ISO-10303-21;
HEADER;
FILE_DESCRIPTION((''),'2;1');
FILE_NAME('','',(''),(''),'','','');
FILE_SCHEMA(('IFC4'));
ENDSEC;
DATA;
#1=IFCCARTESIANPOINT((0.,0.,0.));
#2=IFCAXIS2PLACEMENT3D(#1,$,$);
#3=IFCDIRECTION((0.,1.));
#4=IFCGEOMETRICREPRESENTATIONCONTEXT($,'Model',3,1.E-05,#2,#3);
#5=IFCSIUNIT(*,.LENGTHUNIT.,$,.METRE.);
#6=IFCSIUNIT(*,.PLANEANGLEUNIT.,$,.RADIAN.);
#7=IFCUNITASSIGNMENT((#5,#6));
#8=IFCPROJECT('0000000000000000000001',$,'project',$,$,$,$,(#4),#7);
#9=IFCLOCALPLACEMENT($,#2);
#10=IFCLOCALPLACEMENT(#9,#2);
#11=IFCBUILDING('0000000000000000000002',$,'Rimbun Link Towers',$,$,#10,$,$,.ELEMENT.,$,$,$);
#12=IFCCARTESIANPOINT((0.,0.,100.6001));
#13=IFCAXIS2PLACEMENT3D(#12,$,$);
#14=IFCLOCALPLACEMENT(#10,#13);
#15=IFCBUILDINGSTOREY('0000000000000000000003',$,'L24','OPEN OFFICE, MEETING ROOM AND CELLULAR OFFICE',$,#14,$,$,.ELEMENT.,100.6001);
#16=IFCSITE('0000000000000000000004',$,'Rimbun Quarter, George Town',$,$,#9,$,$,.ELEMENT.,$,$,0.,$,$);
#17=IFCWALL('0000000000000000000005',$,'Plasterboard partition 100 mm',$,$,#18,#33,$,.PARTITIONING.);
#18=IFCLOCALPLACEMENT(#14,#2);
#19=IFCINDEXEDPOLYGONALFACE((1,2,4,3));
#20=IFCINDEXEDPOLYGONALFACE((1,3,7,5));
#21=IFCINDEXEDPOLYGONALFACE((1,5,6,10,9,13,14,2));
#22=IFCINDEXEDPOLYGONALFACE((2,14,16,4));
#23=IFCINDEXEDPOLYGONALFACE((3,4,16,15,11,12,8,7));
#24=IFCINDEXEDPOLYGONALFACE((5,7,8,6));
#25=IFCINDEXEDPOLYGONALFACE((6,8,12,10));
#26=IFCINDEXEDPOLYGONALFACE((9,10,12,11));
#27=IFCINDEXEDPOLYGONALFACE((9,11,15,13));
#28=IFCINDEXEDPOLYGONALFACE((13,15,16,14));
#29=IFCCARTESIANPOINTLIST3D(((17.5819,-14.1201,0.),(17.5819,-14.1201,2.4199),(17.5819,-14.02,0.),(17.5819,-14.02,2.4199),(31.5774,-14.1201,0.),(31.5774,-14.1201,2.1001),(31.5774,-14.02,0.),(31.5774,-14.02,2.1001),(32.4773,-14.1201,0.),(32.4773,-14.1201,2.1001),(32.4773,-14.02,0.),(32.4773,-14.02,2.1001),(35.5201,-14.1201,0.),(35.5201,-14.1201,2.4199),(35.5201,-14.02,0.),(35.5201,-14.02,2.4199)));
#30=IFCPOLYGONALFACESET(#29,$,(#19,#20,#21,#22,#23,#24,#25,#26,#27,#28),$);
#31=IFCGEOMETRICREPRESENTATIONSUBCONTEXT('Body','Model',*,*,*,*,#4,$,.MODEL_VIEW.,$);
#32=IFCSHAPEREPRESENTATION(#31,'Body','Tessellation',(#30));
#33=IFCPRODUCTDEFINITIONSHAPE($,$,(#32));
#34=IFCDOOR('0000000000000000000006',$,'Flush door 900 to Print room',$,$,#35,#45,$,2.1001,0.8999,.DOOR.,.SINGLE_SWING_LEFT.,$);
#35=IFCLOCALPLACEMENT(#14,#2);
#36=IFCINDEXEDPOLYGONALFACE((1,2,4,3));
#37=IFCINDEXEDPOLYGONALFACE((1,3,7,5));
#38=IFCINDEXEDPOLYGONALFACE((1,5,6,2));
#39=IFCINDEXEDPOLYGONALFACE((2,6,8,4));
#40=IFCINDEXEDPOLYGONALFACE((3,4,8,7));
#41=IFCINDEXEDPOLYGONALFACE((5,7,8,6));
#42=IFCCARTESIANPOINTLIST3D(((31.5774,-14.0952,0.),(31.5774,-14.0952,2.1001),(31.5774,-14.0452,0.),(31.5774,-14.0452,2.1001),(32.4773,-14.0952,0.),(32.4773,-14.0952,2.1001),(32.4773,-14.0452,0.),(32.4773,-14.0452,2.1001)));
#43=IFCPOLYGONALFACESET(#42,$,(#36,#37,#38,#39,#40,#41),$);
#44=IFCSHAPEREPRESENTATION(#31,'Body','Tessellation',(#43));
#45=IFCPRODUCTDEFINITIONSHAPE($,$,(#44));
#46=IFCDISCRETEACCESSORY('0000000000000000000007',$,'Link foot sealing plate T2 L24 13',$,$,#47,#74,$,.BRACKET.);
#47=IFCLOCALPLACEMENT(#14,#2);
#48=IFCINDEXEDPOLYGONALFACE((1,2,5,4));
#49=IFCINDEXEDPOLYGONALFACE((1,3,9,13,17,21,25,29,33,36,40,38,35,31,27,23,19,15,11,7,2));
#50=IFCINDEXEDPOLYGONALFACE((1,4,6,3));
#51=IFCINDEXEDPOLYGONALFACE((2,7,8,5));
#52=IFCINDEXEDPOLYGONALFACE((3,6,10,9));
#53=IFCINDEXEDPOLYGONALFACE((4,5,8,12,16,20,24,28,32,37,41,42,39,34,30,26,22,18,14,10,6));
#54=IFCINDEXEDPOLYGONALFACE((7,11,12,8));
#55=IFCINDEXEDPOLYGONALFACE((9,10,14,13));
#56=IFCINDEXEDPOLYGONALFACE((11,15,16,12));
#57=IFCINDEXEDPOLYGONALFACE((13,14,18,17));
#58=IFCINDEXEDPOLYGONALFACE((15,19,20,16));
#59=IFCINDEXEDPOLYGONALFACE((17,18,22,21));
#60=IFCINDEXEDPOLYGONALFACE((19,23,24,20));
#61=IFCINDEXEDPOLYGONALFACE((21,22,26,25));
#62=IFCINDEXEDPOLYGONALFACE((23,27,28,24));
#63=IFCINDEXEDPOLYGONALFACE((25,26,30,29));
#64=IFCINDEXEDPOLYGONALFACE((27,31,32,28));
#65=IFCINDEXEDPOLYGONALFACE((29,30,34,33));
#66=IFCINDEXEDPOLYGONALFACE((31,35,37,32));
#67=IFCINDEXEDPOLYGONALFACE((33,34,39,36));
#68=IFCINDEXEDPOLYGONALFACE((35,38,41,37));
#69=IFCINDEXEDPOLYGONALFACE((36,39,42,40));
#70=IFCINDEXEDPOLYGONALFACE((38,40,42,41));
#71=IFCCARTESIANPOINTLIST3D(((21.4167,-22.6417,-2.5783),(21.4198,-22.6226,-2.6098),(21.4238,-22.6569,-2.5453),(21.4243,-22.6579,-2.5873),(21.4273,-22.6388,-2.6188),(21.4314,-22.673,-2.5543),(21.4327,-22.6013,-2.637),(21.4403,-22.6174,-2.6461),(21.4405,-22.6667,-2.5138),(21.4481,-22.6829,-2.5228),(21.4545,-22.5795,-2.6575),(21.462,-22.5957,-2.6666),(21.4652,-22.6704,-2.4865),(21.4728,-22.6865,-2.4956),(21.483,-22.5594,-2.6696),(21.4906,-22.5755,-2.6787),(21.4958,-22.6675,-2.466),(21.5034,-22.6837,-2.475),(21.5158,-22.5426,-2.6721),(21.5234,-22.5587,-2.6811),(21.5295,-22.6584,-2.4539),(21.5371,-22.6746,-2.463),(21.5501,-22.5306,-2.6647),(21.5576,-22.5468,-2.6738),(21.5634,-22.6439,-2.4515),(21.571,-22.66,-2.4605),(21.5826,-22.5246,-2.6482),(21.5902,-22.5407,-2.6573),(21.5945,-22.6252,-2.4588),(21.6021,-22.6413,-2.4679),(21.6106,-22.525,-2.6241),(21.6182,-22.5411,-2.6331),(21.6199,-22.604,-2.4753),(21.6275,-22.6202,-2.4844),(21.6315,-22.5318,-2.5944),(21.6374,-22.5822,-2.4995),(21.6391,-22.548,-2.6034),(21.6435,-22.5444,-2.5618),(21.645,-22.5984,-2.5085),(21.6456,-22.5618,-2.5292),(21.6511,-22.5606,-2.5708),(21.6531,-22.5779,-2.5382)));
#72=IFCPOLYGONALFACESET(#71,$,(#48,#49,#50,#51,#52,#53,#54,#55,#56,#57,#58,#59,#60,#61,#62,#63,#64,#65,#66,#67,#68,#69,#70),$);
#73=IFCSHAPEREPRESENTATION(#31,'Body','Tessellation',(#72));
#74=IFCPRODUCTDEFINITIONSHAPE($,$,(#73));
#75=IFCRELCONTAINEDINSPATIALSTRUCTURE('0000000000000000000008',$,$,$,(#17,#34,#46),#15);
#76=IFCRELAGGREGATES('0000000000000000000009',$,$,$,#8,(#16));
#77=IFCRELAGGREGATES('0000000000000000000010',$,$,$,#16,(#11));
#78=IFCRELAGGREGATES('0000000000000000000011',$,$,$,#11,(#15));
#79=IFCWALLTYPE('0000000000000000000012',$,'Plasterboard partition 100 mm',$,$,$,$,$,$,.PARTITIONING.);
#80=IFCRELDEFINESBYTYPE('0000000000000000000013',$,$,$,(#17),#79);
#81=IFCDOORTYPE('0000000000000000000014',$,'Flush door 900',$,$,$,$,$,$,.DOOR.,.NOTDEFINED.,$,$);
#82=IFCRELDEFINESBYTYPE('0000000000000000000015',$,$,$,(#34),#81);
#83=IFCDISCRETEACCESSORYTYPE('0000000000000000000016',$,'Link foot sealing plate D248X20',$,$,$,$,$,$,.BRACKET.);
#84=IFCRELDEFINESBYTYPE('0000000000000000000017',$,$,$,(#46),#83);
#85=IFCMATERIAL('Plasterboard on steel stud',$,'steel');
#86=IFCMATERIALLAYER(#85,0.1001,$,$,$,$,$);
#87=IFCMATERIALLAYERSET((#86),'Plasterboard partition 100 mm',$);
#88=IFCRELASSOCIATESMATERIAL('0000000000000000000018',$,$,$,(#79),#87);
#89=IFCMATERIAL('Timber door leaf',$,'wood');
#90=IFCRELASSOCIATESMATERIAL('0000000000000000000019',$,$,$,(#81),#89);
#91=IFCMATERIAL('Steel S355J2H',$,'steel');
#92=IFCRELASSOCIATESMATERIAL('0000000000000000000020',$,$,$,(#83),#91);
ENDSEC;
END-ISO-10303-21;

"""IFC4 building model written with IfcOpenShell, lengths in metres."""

from ifc_helpers import new_model, si_unit, direction, frame, frame_2d, origin, origin_2d, place, context, subcontext, project, spatial, rectangle, circle, extrude, material, layer, layer_set, material_profile, profile_set, type_object, element, fill, save


model = new_model("IFC4")

# Units and contexts
model_context = context("Model", 3, precision=1e-05, world=origin(), true_north=direction((0.0, 1.0)))
body_context = subcontext(model_context, "Body", "Model", "MODEL_VIEW")
ifc_project = project(units=[si_unit("LENGTHUNIT", "METRE"), si_unit("PLANEANGLEUNIT", "RADIAN")], contexts=[model_context])

# Site, building, storey
site_placement = place(None, origin())
site = spatial("IfcSite", under=ifc_project, at=site_placement, Name="Rimbun Quarter, George Town", CompositionType="ELEMENT", RefElevation=0.0)
building_placement = place(site_placement, origin())
building = spatial("IfcBuilding", under=site, at=building_placement, Name="Rimbun Link Towers", CompositionType="ELEMENT")
storey_placement = place(building_placement, frame((0.0, 0.0, 100.6001)))
storey = spatial("IfcBuildingStorey", under=building, at=storey_placement, Name="L24", Description="OPEN OFFICE, MEETING ROOM AND CELLULAR OFFICE", CompositionType="ELEMENT", Elevation=100.6001)

# Wall, opening, door
ifc_material_1 = material(Name="Plasterboard on steel stud", Category="steel")
ifc_layer_1 = layer(ifc_material_1, 0.1001)
ifc_layer_set_1 = layer_set([ifc_layer_1], Name="Plasterboard partition 100 mm")
wall_type = type_object("IfcWallType", Name="Plasterboard partition 100 mm", PredefinedType="PARTITIONING", material=ifc_layer_set_1)
ifc_material_2 = material(Name="Timber door leaf", Category="wood")
door_type_1 = type_object("IfcDoorType", Name="Flush door 900", OperationType="NOTDEFINED", PredefinedType="DOOR", material=ifc_material_2)
wall_1_placement = place(storey_placement, frame((17.5818, -14.0701, 0.0), z_axis=(0.0, 0.0, 1.0), x_axis=(1.0, 0.0, 0.0)))
wall_1 = element("IfcWall", 1, at=wall_1_placement, inside=storey, type_object=wall_type, Name="Plasterboard partition 100 mm", PredefinedType="PARTITIONING", context=body_context, shape_type="SweptSolid", body=[
    extrude(rectangle(XDim=17.9382, YDim=0.1001, at=frame_2d((8.9692, 0.0))), origin(), (0.0, 0.0, 1.0), 2.4199),
])
opening_1_placement = place(wall_1_placement, frame((13.9956, 0.0, 0.0)))
opening_1 = element("IfcOpeningElement", 2, at=opening_1_placement, cuts=wall_1, PredefinedType="OPENING", context=body_context, shape_type="SweptSolid", body=[
    extrude(rectangle(XDim=0.8999, YDim=2.1001, at=frame_2d((0.45, 1.05))), frame((0.0, 0.0601, 0.0), z_axis=(0.0, -1.0, 0.0), x_axis=(1.0, 0.0, 0.0)), (0.0, 0.0, 1.0), 0.1201),
])
door_1_placement = place(opening_1_placement, origin())
door_1 = element("IfcDoor", 3, at=door_1_placement, inside=storey, type_object=door_type_1, Name="Flush door 900 to Print room", OperationType="SINGLE_SWING_LEFT", OverallHeight=2.1001, OverallWidth=0.8999, PredefinedType="DOOR", context=body_context, shape_type="SweptSolid", body=[
    extrude(rectangle(XDim=0.8999, YDim=2.1001, at=frame_2d((0.45, 1.05))), frame((0.0, 0.0249, 0.0), z_axis=(0.0, -1.0, 0.0), x_axis=(1.0, 0.0, 0.0)), (0.0, 0.0, 1.0), 0.05),
])
fill(opening_1, door_1)

# Discrete accessory
ifc_material_3 = material(Name="Steel S355J2H", Category="steel")
ifc_material_profile_1 = material_profile(ifc_material_3, circle(Radius=0.124, at=origin_2d()), Name="PL D248")
ifc_profile_set_1 = profile_set([ifc_material_profile_1], Name="Steel S355J2H")
discrete_accessory_type = type_object("IfcDiscreteAccessoryType", Name="Link foot sealing plate D248X20", PredefinedType="BRACKET", material=ifc_profile_set_1)
discrete_accessory_placement = place(storey_placement, frame((21.5312, -22.5972, -2.5618), z_axis=(0.379122, -0.807162, -0.4525), x_axis=(0.905129, 0.425136, 0.0)))
element("IfcDiscreteAccessory", 4, at=discrete_accessory_placement, inside=storey, type_object=discrete_accessory_type, Name="Link foot sealing plate T2 L24 13", PredefinedType="BRACKET", context=body_context, shape_type="SweptSolid", body=[
    extrude(circle(Radius=0.124, at=origin_2d()), origin(), (0.0, 0.0, 1.0), 0.02),
])

save(model, "model.ifc")
